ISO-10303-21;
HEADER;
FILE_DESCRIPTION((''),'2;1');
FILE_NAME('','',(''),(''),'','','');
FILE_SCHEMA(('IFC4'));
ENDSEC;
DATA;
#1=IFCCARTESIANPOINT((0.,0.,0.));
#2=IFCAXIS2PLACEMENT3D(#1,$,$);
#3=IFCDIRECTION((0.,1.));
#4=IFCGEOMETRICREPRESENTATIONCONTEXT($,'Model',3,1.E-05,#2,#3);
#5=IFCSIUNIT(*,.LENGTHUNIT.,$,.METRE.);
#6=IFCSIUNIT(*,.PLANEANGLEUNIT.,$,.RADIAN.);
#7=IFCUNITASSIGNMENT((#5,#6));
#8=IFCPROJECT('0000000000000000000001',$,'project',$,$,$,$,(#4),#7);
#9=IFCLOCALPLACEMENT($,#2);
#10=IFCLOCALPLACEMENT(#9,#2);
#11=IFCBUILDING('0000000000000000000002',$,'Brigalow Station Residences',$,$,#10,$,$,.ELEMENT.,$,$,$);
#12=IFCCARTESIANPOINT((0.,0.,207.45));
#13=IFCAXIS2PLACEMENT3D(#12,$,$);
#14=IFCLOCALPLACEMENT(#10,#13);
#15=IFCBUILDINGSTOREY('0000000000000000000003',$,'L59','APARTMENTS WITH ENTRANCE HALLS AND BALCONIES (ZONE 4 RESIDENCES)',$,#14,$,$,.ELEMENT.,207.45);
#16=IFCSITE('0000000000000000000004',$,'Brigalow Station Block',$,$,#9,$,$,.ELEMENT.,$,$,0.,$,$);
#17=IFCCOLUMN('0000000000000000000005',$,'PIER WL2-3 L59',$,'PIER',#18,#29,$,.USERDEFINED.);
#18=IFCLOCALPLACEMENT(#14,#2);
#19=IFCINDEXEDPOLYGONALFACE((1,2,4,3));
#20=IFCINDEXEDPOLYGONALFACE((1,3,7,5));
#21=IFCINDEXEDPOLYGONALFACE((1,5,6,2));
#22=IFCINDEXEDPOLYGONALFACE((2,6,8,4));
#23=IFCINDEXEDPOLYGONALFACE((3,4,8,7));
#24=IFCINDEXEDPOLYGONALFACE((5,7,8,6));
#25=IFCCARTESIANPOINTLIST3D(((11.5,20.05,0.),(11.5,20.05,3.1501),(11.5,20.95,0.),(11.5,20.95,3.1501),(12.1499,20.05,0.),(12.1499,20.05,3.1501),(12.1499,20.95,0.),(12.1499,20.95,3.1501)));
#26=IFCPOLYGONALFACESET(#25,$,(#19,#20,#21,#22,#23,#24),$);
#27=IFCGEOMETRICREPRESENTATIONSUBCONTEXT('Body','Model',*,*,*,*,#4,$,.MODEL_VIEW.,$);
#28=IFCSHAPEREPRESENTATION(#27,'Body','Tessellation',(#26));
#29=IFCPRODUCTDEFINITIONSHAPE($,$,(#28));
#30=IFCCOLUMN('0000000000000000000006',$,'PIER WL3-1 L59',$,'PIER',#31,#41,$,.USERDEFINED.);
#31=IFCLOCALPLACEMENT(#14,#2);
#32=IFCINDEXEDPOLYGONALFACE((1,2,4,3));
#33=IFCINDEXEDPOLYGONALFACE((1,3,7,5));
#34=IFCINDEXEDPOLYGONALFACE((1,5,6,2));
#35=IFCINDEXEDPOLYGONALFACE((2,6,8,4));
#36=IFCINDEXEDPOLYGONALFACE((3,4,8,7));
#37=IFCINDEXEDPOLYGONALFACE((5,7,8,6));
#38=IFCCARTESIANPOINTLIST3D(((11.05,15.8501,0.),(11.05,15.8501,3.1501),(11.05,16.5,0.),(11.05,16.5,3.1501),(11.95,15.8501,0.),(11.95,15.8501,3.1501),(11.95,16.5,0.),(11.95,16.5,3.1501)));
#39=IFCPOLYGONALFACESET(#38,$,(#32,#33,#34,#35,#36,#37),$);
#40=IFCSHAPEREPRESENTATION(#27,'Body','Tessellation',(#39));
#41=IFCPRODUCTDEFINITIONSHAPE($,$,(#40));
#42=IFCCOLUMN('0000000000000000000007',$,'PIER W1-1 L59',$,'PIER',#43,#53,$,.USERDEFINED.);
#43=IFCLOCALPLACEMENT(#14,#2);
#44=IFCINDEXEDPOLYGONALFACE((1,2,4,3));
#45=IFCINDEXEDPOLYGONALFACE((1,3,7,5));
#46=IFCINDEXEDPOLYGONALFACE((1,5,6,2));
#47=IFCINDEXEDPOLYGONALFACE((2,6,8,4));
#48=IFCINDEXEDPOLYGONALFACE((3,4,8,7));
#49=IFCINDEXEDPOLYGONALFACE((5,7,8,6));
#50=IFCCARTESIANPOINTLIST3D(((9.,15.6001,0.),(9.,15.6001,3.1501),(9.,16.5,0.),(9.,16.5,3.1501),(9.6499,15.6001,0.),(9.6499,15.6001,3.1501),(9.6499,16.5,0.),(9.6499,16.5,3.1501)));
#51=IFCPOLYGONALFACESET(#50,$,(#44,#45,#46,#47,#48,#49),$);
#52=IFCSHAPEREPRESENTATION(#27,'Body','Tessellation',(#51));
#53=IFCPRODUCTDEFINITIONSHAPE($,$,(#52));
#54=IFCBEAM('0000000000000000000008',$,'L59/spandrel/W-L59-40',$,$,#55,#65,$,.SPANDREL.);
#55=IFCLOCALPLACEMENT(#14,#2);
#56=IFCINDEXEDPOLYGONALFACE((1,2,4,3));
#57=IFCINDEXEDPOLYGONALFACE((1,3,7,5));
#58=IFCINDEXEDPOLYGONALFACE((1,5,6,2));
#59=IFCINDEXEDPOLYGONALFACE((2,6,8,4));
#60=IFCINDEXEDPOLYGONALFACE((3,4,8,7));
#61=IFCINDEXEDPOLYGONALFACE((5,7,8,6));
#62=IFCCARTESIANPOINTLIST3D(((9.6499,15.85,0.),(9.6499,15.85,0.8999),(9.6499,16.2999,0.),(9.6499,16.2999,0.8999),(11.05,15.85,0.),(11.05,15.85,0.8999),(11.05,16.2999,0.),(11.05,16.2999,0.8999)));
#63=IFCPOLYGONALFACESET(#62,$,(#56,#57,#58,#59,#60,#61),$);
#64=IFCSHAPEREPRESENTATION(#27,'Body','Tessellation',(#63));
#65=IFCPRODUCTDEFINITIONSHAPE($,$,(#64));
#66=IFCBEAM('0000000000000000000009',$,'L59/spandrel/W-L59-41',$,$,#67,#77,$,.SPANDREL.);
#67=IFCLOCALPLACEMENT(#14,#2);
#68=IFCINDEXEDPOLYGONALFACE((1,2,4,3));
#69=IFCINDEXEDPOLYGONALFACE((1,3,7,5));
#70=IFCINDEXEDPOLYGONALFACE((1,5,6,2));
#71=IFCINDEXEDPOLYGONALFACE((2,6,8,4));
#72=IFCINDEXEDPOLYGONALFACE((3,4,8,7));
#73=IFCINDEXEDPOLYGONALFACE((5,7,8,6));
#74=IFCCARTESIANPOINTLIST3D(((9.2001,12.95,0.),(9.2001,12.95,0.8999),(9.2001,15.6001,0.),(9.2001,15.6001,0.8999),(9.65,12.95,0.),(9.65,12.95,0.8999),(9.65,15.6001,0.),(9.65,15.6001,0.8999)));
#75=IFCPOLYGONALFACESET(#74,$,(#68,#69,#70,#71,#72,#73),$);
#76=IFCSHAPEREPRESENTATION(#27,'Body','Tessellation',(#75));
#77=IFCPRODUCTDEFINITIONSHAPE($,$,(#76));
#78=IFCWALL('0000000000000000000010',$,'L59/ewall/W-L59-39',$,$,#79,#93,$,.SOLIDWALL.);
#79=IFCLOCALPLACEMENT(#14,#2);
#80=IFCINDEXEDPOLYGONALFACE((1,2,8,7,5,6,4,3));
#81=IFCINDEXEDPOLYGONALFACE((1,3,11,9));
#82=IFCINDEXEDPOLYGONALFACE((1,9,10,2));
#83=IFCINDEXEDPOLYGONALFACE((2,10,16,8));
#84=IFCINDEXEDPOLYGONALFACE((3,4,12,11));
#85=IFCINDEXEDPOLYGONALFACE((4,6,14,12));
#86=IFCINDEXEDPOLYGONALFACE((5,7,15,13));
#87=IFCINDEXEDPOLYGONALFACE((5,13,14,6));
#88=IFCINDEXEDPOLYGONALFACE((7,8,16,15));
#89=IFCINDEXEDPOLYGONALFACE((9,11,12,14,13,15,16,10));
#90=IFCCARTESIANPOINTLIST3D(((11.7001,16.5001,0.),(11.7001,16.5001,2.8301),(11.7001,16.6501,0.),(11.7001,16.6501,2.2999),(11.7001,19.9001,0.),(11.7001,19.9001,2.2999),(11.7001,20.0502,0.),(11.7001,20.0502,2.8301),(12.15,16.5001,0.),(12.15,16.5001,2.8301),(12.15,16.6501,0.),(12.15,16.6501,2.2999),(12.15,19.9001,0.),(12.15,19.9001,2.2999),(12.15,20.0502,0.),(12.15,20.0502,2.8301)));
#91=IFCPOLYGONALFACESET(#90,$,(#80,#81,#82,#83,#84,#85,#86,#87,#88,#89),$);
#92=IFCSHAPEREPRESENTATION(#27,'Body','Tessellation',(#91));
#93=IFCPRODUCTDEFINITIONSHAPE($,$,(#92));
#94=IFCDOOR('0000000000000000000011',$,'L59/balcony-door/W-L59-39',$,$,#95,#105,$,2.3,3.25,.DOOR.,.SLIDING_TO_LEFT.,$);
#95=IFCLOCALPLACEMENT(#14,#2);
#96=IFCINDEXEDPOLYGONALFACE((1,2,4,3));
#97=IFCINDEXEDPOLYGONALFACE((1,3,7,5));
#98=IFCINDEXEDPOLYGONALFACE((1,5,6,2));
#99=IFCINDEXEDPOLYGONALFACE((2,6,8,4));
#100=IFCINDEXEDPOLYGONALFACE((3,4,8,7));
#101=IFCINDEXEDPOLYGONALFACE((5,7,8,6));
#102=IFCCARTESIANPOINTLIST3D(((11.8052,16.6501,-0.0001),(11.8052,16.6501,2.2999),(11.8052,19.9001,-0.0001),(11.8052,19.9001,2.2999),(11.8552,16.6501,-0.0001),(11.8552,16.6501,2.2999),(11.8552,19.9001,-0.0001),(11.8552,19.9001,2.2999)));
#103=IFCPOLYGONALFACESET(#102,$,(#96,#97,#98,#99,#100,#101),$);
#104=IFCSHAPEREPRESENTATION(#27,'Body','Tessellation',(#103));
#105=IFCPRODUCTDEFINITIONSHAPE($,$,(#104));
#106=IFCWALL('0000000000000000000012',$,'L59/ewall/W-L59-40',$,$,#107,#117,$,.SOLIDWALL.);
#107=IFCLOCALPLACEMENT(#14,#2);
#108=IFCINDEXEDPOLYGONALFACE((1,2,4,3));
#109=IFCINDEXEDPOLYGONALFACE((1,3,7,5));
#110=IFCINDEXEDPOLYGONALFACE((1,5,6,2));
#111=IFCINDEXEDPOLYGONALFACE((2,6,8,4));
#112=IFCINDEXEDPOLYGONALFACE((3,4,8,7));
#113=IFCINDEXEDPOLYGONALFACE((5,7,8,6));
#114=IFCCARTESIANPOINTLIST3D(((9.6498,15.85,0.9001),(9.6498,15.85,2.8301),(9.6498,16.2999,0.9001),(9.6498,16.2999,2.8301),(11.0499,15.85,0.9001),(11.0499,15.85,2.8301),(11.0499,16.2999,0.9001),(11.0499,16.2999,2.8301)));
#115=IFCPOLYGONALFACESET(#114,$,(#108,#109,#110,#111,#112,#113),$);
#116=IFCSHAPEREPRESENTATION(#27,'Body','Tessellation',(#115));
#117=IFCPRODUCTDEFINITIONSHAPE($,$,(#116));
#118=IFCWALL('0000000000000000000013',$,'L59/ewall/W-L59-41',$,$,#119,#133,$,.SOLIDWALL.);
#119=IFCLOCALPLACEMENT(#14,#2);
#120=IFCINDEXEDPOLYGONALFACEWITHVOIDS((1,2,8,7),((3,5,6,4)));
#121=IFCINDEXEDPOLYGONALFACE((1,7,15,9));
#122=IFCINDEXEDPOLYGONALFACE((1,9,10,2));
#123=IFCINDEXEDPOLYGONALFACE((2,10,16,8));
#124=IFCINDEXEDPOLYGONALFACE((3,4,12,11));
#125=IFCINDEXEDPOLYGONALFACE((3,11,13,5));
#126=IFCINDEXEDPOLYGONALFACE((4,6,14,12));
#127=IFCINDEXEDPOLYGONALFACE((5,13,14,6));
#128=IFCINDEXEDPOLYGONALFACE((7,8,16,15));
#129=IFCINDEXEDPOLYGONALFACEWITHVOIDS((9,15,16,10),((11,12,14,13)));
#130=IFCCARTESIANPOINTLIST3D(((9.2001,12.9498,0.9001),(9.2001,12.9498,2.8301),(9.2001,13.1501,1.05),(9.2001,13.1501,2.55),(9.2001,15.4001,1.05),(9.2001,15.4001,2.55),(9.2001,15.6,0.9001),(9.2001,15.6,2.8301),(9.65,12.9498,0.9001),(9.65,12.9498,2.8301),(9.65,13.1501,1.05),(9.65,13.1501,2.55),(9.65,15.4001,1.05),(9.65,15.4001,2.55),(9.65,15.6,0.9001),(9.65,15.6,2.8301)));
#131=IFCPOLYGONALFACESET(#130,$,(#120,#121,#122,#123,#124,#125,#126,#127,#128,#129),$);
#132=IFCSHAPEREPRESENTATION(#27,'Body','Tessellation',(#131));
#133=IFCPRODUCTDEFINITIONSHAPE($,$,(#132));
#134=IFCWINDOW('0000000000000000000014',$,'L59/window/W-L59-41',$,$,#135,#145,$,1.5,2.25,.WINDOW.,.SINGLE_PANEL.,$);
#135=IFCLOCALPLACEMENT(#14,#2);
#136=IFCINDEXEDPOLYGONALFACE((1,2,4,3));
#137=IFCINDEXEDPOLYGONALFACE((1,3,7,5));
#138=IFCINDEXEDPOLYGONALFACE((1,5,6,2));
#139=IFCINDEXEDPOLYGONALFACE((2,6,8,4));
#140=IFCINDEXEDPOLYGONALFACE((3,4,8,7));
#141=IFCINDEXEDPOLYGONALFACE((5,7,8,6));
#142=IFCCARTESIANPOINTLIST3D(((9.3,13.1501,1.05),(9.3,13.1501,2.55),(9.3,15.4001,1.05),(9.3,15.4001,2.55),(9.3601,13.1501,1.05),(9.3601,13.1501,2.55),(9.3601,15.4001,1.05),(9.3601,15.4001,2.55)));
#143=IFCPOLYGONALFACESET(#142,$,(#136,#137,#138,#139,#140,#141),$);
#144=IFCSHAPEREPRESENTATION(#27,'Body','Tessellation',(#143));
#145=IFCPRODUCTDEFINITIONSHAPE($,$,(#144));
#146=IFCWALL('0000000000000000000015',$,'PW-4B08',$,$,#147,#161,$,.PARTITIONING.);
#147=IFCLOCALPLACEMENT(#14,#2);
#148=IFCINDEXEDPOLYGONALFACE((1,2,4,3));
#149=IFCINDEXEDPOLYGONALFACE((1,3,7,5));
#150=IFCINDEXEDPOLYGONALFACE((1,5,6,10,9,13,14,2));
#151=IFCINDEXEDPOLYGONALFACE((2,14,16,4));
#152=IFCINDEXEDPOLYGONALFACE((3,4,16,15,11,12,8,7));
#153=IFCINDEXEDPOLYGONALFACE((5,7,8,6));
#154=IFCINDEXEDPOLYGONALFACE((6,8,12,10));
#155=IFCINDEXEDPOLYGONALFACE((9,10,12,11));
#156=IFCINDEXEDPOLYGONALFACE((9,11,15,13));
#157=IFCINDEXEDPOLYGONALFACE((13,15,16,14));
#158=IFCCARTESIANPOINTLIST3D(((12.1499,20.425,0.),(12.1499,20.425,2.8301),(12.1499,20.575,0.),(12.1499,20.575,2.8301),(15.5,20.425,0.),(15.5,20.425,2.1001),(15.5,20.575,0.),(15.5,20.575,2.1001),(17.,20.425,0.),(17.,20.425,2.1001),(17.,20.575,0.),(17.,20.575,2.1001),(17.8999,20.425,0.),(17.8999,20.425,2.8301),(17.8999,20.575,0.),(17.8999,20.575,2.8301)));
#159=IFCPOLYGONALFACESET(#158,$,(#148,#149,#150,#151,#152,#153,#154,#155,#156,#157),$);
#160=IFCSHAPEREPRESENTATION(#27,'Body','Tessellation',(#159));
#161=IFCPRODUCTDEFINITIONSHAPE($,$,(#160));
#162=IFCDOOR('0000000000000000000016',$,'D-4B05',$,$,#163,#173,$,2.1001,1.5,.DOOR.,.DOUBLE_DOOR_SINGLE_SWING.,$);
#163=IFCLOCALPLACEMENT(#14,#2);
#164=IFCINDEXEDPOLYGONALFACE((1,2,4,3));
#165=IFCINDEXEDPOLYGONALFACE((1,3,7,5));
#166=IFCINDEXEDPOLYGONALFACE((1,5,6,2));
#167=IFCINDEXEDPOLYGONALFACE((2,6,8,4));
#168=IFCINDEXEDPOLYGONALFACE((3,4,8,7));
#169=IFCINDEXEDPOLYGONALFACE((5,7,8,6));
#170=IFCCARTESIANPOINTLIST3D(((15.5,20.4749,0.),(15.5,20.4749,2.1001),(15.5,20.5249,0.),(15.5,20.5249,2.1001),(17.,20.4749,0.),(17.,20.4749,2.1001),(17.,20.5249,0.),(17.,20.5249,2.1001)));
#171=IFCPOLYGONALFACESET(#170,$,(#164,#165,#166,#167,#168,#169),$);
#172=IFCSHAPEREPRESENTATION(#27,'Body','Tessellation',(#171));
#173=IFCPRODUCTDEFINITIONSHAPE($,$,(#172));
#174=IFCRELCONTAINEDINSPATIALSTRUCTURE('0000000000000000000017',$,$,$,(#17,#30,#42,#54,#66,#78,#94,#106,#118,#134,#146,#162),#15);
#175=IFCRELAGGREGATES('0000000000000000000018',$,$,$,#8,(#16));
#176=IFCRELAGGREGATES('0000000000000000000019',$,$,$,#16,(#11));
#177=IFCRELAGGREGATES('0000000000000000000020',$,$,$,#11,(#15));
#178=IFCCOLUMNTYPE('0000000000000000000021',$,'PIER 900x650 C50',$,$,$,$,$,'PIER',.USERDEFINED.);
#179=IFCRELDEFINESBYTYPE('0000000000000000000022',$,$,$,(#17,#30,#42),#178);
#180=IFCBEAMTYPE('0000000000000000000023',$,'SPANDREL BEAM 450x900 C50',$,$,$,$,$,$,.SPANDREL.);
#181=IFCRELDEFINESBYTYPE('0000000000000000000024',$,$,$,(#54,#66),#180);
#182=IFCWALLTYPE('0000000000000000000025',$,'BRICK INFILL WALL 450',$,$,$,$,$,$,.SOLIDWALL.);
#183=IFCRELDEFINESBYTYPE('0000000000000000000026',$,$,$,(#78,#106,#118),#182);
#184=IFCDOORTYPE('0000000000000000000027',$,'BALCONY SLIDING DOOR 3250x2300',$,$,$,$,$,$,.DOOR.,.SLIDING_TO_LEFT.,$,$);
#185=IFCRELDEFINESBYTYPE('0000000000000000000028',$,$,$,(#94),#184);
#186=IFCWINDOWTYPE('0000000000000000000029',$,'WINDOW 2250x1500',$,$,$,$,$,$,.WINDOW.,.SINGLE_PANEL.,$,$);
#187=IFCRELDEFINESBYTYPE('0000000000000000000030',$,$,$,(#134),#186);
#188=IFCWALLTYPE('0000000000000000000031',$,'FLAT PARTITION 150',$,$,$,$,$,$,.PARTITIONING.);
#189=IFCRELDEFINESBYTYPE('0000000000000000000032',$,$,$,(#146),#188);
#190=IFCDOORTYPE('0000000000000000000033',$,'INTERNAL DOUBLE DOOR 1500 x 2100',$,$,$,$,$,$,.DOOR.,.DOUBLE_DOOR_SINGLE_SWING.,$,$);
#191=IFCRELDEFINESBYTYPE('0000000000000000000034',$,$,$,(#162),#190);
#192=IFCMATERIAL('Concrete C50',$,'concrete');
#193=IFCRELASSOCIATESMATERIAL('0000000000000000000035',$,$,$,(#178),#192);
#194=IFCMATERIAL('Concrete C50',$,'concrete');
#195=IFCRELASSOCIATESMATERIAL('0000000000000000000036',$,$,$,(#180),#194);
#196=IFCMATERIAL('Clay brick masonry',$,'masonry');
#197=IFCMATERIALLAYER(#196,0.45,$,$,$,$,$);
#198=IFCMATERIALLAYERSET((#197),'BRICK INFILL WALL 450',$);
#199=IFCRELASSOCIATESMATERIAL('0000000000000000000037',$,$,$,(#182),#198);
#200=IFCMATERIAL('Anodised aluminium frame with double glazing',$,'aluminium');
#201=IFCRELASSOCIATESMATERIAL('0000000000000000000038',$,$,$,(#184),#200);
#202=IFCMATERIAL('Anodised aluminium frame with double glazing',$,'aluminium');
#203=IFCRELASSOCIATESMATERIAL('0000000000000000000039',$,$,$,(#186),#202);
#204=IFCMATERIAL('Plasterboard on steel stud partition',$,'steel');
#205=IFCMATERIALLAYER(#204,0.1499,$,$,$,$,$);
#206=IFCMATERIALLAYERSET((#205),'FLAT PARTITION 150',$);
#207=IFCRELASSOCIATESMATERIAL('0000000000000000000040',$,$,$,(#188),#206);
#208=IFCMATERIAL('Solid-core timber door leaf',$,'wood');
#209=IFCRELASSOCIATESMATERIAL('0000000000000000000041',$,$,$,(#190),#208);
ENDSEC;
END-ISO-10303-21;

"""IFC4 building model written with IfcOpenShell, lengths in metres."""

from ifc_helpers import new_model, si_unit, direction, frame, frame_2d, origin, origin_2d, place, context, subcontext, project, spatial, rectangle, extrude, material, layer, layer_set, material_profile, profile_set, type_object, element, fill, save


model = new_model("IFC4")

# Units and contexts
model_context = context("Model", 3, precision=1e-05, world=origin(), true_north=direction((0.0, 1.0)))
body_context = subcontext(model_context, "Body", "Model", "MODEL_VIEW")
ifc_project = project(units=[si_unit("LENGTHUNIT", "METRE"), si_unit("PLANEANGLEUNIT", "RADIAN")], contexts=[model_context])

# Site, building, storey
site_placement = place(None, origin())
site = spatial("IfcSite", under=ifc_project, at=site_placement, Name="Brigalow Station Block", CompositionType="ELEMENT", RefElevation=0.0)
building_placement = place(site_placement, origin())
building = spatial("IfcBuilding", under=site, at=building_placement, Name="Brigalow Station Residences", CompositionType="ELEMENT")
storey_placement = place(building_placement, frame((0.0, 0.0, 207.45)))
storey = spatial("IfcBuildingStorey", under=building, at=storey_placement, Name="L59", Description="APARTMENTS WITH ENTRANCE HALLS AND BALCONIES (ZONE 4 RESIDENCES)", CompositionType="ELEMENT", Elevation=207.45)

# Columns
ifc_material_1 = material(Name="Concrete C50", Category="concrete")
ifc_material_profile_1 = material_profile(ifc_material_1, rectangle(XDim=0.8999, YDim=0.6499, at=origin_2d()), Name="RC900x650")
ifc_profile_set_1 = profile_set([ifc_material_profile_1], Name="Concrete C50")
column_type = type_object("IfcColumnType", Name="PIER 900x650 C50", ElementType="PIER", PredefinedType="USERDEFINED", material=ifc_profile_set_1)
for number, where, z_axis, x_axis, name in (
    (1, (11.825, 20.5, 0.0), (0.0, 0.0, 1.0), (0.0, -1.0, 0.0), "PIER WL2-3 L59"),
    (2, (11.5, 16.175, 0.0), (0.0, 0.0, 1.0), (-1.0, 0.0, 0.0), "PIER WL3-1 L59"),
    (3, (9.325, 16.05, 0.0), (0.0, 0.0, 1.0), (0.0, -1.0, 0.0), "PIER W1-1 L59"),
):
    element("IfcColumn", number, at=place(storey_placement, frame(where, z_axis=z_axis, x_axis=x_axis)), inside=storey, type_object=column_type, Name=name, ObjectType="PIER", PredefinedType="USERDEFINED", context=body_context, shape_type="SweptSolid", body=[
        extrude(rectangle(XDim=0.8999, YDim=0.6499, at=origin_2d()), origin(), (0.0, 0.0, 1.0), 3.1501),
    ])

# Beams
ifc_material_2 = material(Name="Concrete C50", Category="concrete")
ifc_material_profile_2 = material_profile(ifc_material_2, rectangle(XDim=0.45, YDim=0.8999, at=origin_2d()), Name="RC450x900")
ifc_profile_set_2 = profile_set([ifc_material_profile_2], Name="Concrete C50")
beam_type = type_object("IfcBeamType", Name="SPANDREL BEAM 450x900 C50", PredefinedType="SPANDREL", material=ifc_profile_set_2)
beam_1_placement = place(storey_placement, frame((11.05, 16.075, 0.45), z_axis=(-1.0, 0.0, 0.0), x_axis=(0.0, -1.0, 0.0)))
element("IfcBeam", 4, at=beam_1_placement, inside=storey, type_object=beam_type, Name="L59/spandrel/W-L59-40", PredefinedType="SPANDREL", context=body_context, shape_type="SweptSolid", body=[
    extrude(rectangle(XDim=0.45, YDim=0.8999, at=origin_2d()), origin(), (0.0, 0.0, 1.0), 1.4001),
])
beam_2_placement = place(storey_placement, frame((9.425, 15.6001, 0.45), z_axis=(0.0, -1.0, 0.0), x_axis=(1.0, 0.0, 0.0)))
element("IfcBeam", 5, at=beam_2_placement, inside=storey, type_object=beam_type, Name="L59/spandrel/W-L59-41", PredefinedType="SPANDREL", context=body_context, shape_type="SweptSolid", body=[
    extrude(rectangle(XDim=0.45, YDim=0.8999, at=origin_2d()), origin(), (0.0, 0.0, 1.0), 2.6501),
])

# Wall, opening, door
ifc_material_3 = material(Name="Clay brick masonry", Category="masonry")
ifc_layer_1 = layer(ifc_material_3, 0.45)
ifc_layer_set_1 = layer_set([ifc_layer_1], Name="BRICK INFILL WALL 450")
wall_type_1 = type_object("IfcWallType", Name="BRICK INFILL WALL 450", PredefinedType="SOLIDWALL", material=ifc_layer_set_1)
wall_1_placement = place(storey_placement, frame((11.925, 20.05, 0.0), z_axis=(0.0, 0.0, 1.0), x_axis=(0.0, -1.0, 0.0)))
wall_1 = element("IfcWall", 6, at=wall_1_placement, inside=storey, type_object=wall_type_1, Name="L59/ewall/W-L59-39", PredefinedType="SOLIDWALL", context=body_context, shape_type="SweptSolid", body=[
    extrude(rectangle(XDim=3.55, YDim=0.45, at=frame_2d((1.7749, 0.0))), origin(), (0.0, 0.0, 1.0), 2.8301),
])
opening_1_placement = place(wall_1_placement, frame((0.1499, 0.0, 0.0)))
opening_1 = element("IfcOpeningElement", 7, at=opening_1_placement, cuts=wall_1, PredefinedType="OPENING", context=body_context, shape_type="SweptSolid", body=[
    extrude(rectangle(XDim=3.25, YDim=2.3, at=frame_2d((1.625, 1.1499))), frame((0.0, 0.2349, 0.0), z_axis=(0.0, -1.0, 0.0), x_axis=(1.0, 0.0, 0.0)), (0.0, 0.0, 1.0), 0.47),
])
ifc_material_4 = material(Name="Anodised aluminium frame with double glazing", Category="aluminium")
door_type_1 = type_object("IfcDoorType", Name="BALCONY SLIDING DOOR 3250x2300", OperationType="SLIDING_TO_LEFT", PredefinedType="DOOR", material=ifc_material_4)
door_1_placement = place(opening_1_placement, origin())
door_1 = element("IfcDoor", 8, at=door_1_placement, inside=storey, type_object=door_type_1, Name="L59/balcony-door/W-L59-39", OperationType="SLIDING_TO_LEFT", OverallHeight=2.3, OverallWidth=3.25, PredefinedType="DOOR", context=body_context, shape_type="SweptSolid", body=[
    extrude(rectangle(XDim=3.25, YDim=2.3, at=frame_2d((1.625, 1.1499))), frame((0.0, -0.0698, 0.0), z_axis=(0.0, -1.0, 0.0), x_axis=(1.0, 0.0, 0.0)), (0.0, 0.0, 1.0), 0.05),
])
fill(opening_1, door_1)

# Wall
wall_2_placement = place(storey_placement, frame((11.05, 16.075, 0.9001), z_axis=(0.0, 0.0, 1.0), x_axis=(-1.0, 0.0, 0.0)))
element("IfcWall", 9, at=wall_2_placement, inside=storey, type_object=wall_type_1, Name="L59/ewall/W-L59-40", PredefinedType="SOLIDWALL", context=body_context, shape_type="SweptSolid", body=[
    extrude(rectangle(XDim=1.4001, YDim=0.45, at=frame_2d((0.7002, 0.0))), origin(), (0.0, 0.0, 1.0), 1.9299),
])

# Wall, opening, window
wall_3_placement = place(storey_placement, frame((9.425, 15.6001, 0.9001), z_axis=(0.0, 0.0, 1.0), x_axis=(0.0, -1.0, 0.0)))
wall_3 = element("IfcWall", 10, at=wall_3_placement, inside=storey, type_object=wall_type_1, Name="L59/ewall/W-L59-41", PredefinedType="SOLIDWALL", context=body_context, shape_type="SweptSolid", body=[
    extrude(rectangle(XDim=2.6501, YDim=0.45, at=frame_2d((1.3252, 0.0))), origin(), (0.0, 0.0, 1.0), 1.9299),
])
opening_2_placement = place(wall_3_placement, frame((0.2, 0.0, 0.1499)))
opening_2 = element("IfcOpeningElement", 11, at=opening_2_placement, cuts=wall_3, PredefinedType="OPENING", context=body_context, shape_type="SweptSolid", body=[
    extrude(rectangle(XDim=2.25, YDim=1.5, at=frame_2d((1.125, 0.75))), frame((0.0, 0.2349, 0.0), z_axis=(0.0, -1.0, 0.0), x_axis=(1.0, 0.0, 0.0)), (0.0, 0.0, 1.0), 0.47),
])
ifc_material_5 = material(Name="Anodised aluminium frame with double glazing", Category="aluminium")
window_type = type_object("IfcWindowType", Name="WINDOW 2250x1500", PartitioningType="SINGLE_PANEL", PredefinedType="WINDOW", material=ifc_material_5)
window_placement = place(opening_2_placement, origin())
window = element("IfcWindow", 12, at=window_placement, inside=storey, type_object=window_type, Name="L59/window/W-L59-41", OverallHeight=1.5, OverallWidth=2.25, PartitioningType="SINGLE_PANEL", PredefinedType="WINDOW", context=body_context, shape_type="SweptSolid", body=[
    extrude(rectangle(XDim=2.25, YDim=1.5, at=frame_2d((1.125, 0.75))), frame((0.0, -0.0649, 0.0), z_axis=(0.0, -1.0, 0.0), x_axis=(1.0, 0.0, 0.0)), (0.0, 0.0, 1.0), 0.0601),
])
fill(opening_2, window)

# Wall, opening, door
ifc_material_6 = material(Name="Plasterboard on steel stud partition", Category="steel")
ifc_layer_2 = layer(ifc_material_6, 0.1499)
ifc_layer_set_2 = layer_set([ifc_layer_2], Name="FLAT PARTITION 150")
wall_type_2 = type_object("IfcWallType", Name="FLAT PARTITION 150", PredefinedType="PARTITIONING", material=ifc_layer_set_2)
wall_4_placement = place(storey_placement, frame((12.1499, 20.5, 0.0), z_axis=(0.0, 0.0, 1.0), x_axis=(1.0, 0.0, 0.0)))
wall_4 = element("IfcWall", 13, at=wall_4_placement, inside=storey, type_object=wall_type_2, Name="PW-4B08", PredefinedType="PARTITIONING", context=body_context, shape_type="SweptSolid", body=[
    extrude(rectangle(XDim=5.75, YDim=0.1499, at=frame_2d((2.875, 0.0))), origin(), (0.0, 0.0, 1.0), 2.8301),
])
opening_3_placement = place(wall_4_placement, frame((3.3501, 0.0, 0.0)))
opening_3 = element("IfcOpeningElement", 14, at=opening_3_placement, cuts=wall_4, PredefinedType="OPENING", context=body_context, shape_type="SweptSolid", body=[
    extrude(rectangle(XDim=1.5, YDim=2.1001, at=frame_2d((0.75, 1.05))), frame((0.0, 0.085, 0.0), z_axis=(0.0, -1.0, 0.0), x_axis=(1.0, 0.0, 0.0)), (0.0, 0.0, 1.0), 0.1699),
])
ifc_material_7 = material(Name="Solid-core timber door leaf", Category="wood")
door_type_2 = type_object("IfcDoorType", Name="INTERNAL DOUBLE DOOR 1500 x 2100", OperationType="DOUBLE_DOOR_SINGLE_SWING", PredefinedType="DOOR", material=ifc_material_7)
door_2_placement = place(opening_3_placement, origin())
door_2 = element("IfcDoor", 15, at=door_2_placement, inside=storey, type_object=door_type_2, Name="D-4B05", OperationType="DOUBLE_DOOR_SINGLE_SWING", OverallHeight=2.1001, OverallWidth=1.5, PredefinedType="DOOR", context=body_context, shape_type="SweptSolid", body=[
    extrude(rectangle(XDim=1.5, YDim=2.1001, at=frame_2d((0.75, 1.05))), frame((0.0, 0.0249, 0.0), z_axis=(0.0, -1.0, 0.0), x_axis=(1.0, 0.0, 0.0)), (0.0, 0.0, 1.0), 0.05),
])
fill(opening_3, door_2)

save(model, "model.ifc")
